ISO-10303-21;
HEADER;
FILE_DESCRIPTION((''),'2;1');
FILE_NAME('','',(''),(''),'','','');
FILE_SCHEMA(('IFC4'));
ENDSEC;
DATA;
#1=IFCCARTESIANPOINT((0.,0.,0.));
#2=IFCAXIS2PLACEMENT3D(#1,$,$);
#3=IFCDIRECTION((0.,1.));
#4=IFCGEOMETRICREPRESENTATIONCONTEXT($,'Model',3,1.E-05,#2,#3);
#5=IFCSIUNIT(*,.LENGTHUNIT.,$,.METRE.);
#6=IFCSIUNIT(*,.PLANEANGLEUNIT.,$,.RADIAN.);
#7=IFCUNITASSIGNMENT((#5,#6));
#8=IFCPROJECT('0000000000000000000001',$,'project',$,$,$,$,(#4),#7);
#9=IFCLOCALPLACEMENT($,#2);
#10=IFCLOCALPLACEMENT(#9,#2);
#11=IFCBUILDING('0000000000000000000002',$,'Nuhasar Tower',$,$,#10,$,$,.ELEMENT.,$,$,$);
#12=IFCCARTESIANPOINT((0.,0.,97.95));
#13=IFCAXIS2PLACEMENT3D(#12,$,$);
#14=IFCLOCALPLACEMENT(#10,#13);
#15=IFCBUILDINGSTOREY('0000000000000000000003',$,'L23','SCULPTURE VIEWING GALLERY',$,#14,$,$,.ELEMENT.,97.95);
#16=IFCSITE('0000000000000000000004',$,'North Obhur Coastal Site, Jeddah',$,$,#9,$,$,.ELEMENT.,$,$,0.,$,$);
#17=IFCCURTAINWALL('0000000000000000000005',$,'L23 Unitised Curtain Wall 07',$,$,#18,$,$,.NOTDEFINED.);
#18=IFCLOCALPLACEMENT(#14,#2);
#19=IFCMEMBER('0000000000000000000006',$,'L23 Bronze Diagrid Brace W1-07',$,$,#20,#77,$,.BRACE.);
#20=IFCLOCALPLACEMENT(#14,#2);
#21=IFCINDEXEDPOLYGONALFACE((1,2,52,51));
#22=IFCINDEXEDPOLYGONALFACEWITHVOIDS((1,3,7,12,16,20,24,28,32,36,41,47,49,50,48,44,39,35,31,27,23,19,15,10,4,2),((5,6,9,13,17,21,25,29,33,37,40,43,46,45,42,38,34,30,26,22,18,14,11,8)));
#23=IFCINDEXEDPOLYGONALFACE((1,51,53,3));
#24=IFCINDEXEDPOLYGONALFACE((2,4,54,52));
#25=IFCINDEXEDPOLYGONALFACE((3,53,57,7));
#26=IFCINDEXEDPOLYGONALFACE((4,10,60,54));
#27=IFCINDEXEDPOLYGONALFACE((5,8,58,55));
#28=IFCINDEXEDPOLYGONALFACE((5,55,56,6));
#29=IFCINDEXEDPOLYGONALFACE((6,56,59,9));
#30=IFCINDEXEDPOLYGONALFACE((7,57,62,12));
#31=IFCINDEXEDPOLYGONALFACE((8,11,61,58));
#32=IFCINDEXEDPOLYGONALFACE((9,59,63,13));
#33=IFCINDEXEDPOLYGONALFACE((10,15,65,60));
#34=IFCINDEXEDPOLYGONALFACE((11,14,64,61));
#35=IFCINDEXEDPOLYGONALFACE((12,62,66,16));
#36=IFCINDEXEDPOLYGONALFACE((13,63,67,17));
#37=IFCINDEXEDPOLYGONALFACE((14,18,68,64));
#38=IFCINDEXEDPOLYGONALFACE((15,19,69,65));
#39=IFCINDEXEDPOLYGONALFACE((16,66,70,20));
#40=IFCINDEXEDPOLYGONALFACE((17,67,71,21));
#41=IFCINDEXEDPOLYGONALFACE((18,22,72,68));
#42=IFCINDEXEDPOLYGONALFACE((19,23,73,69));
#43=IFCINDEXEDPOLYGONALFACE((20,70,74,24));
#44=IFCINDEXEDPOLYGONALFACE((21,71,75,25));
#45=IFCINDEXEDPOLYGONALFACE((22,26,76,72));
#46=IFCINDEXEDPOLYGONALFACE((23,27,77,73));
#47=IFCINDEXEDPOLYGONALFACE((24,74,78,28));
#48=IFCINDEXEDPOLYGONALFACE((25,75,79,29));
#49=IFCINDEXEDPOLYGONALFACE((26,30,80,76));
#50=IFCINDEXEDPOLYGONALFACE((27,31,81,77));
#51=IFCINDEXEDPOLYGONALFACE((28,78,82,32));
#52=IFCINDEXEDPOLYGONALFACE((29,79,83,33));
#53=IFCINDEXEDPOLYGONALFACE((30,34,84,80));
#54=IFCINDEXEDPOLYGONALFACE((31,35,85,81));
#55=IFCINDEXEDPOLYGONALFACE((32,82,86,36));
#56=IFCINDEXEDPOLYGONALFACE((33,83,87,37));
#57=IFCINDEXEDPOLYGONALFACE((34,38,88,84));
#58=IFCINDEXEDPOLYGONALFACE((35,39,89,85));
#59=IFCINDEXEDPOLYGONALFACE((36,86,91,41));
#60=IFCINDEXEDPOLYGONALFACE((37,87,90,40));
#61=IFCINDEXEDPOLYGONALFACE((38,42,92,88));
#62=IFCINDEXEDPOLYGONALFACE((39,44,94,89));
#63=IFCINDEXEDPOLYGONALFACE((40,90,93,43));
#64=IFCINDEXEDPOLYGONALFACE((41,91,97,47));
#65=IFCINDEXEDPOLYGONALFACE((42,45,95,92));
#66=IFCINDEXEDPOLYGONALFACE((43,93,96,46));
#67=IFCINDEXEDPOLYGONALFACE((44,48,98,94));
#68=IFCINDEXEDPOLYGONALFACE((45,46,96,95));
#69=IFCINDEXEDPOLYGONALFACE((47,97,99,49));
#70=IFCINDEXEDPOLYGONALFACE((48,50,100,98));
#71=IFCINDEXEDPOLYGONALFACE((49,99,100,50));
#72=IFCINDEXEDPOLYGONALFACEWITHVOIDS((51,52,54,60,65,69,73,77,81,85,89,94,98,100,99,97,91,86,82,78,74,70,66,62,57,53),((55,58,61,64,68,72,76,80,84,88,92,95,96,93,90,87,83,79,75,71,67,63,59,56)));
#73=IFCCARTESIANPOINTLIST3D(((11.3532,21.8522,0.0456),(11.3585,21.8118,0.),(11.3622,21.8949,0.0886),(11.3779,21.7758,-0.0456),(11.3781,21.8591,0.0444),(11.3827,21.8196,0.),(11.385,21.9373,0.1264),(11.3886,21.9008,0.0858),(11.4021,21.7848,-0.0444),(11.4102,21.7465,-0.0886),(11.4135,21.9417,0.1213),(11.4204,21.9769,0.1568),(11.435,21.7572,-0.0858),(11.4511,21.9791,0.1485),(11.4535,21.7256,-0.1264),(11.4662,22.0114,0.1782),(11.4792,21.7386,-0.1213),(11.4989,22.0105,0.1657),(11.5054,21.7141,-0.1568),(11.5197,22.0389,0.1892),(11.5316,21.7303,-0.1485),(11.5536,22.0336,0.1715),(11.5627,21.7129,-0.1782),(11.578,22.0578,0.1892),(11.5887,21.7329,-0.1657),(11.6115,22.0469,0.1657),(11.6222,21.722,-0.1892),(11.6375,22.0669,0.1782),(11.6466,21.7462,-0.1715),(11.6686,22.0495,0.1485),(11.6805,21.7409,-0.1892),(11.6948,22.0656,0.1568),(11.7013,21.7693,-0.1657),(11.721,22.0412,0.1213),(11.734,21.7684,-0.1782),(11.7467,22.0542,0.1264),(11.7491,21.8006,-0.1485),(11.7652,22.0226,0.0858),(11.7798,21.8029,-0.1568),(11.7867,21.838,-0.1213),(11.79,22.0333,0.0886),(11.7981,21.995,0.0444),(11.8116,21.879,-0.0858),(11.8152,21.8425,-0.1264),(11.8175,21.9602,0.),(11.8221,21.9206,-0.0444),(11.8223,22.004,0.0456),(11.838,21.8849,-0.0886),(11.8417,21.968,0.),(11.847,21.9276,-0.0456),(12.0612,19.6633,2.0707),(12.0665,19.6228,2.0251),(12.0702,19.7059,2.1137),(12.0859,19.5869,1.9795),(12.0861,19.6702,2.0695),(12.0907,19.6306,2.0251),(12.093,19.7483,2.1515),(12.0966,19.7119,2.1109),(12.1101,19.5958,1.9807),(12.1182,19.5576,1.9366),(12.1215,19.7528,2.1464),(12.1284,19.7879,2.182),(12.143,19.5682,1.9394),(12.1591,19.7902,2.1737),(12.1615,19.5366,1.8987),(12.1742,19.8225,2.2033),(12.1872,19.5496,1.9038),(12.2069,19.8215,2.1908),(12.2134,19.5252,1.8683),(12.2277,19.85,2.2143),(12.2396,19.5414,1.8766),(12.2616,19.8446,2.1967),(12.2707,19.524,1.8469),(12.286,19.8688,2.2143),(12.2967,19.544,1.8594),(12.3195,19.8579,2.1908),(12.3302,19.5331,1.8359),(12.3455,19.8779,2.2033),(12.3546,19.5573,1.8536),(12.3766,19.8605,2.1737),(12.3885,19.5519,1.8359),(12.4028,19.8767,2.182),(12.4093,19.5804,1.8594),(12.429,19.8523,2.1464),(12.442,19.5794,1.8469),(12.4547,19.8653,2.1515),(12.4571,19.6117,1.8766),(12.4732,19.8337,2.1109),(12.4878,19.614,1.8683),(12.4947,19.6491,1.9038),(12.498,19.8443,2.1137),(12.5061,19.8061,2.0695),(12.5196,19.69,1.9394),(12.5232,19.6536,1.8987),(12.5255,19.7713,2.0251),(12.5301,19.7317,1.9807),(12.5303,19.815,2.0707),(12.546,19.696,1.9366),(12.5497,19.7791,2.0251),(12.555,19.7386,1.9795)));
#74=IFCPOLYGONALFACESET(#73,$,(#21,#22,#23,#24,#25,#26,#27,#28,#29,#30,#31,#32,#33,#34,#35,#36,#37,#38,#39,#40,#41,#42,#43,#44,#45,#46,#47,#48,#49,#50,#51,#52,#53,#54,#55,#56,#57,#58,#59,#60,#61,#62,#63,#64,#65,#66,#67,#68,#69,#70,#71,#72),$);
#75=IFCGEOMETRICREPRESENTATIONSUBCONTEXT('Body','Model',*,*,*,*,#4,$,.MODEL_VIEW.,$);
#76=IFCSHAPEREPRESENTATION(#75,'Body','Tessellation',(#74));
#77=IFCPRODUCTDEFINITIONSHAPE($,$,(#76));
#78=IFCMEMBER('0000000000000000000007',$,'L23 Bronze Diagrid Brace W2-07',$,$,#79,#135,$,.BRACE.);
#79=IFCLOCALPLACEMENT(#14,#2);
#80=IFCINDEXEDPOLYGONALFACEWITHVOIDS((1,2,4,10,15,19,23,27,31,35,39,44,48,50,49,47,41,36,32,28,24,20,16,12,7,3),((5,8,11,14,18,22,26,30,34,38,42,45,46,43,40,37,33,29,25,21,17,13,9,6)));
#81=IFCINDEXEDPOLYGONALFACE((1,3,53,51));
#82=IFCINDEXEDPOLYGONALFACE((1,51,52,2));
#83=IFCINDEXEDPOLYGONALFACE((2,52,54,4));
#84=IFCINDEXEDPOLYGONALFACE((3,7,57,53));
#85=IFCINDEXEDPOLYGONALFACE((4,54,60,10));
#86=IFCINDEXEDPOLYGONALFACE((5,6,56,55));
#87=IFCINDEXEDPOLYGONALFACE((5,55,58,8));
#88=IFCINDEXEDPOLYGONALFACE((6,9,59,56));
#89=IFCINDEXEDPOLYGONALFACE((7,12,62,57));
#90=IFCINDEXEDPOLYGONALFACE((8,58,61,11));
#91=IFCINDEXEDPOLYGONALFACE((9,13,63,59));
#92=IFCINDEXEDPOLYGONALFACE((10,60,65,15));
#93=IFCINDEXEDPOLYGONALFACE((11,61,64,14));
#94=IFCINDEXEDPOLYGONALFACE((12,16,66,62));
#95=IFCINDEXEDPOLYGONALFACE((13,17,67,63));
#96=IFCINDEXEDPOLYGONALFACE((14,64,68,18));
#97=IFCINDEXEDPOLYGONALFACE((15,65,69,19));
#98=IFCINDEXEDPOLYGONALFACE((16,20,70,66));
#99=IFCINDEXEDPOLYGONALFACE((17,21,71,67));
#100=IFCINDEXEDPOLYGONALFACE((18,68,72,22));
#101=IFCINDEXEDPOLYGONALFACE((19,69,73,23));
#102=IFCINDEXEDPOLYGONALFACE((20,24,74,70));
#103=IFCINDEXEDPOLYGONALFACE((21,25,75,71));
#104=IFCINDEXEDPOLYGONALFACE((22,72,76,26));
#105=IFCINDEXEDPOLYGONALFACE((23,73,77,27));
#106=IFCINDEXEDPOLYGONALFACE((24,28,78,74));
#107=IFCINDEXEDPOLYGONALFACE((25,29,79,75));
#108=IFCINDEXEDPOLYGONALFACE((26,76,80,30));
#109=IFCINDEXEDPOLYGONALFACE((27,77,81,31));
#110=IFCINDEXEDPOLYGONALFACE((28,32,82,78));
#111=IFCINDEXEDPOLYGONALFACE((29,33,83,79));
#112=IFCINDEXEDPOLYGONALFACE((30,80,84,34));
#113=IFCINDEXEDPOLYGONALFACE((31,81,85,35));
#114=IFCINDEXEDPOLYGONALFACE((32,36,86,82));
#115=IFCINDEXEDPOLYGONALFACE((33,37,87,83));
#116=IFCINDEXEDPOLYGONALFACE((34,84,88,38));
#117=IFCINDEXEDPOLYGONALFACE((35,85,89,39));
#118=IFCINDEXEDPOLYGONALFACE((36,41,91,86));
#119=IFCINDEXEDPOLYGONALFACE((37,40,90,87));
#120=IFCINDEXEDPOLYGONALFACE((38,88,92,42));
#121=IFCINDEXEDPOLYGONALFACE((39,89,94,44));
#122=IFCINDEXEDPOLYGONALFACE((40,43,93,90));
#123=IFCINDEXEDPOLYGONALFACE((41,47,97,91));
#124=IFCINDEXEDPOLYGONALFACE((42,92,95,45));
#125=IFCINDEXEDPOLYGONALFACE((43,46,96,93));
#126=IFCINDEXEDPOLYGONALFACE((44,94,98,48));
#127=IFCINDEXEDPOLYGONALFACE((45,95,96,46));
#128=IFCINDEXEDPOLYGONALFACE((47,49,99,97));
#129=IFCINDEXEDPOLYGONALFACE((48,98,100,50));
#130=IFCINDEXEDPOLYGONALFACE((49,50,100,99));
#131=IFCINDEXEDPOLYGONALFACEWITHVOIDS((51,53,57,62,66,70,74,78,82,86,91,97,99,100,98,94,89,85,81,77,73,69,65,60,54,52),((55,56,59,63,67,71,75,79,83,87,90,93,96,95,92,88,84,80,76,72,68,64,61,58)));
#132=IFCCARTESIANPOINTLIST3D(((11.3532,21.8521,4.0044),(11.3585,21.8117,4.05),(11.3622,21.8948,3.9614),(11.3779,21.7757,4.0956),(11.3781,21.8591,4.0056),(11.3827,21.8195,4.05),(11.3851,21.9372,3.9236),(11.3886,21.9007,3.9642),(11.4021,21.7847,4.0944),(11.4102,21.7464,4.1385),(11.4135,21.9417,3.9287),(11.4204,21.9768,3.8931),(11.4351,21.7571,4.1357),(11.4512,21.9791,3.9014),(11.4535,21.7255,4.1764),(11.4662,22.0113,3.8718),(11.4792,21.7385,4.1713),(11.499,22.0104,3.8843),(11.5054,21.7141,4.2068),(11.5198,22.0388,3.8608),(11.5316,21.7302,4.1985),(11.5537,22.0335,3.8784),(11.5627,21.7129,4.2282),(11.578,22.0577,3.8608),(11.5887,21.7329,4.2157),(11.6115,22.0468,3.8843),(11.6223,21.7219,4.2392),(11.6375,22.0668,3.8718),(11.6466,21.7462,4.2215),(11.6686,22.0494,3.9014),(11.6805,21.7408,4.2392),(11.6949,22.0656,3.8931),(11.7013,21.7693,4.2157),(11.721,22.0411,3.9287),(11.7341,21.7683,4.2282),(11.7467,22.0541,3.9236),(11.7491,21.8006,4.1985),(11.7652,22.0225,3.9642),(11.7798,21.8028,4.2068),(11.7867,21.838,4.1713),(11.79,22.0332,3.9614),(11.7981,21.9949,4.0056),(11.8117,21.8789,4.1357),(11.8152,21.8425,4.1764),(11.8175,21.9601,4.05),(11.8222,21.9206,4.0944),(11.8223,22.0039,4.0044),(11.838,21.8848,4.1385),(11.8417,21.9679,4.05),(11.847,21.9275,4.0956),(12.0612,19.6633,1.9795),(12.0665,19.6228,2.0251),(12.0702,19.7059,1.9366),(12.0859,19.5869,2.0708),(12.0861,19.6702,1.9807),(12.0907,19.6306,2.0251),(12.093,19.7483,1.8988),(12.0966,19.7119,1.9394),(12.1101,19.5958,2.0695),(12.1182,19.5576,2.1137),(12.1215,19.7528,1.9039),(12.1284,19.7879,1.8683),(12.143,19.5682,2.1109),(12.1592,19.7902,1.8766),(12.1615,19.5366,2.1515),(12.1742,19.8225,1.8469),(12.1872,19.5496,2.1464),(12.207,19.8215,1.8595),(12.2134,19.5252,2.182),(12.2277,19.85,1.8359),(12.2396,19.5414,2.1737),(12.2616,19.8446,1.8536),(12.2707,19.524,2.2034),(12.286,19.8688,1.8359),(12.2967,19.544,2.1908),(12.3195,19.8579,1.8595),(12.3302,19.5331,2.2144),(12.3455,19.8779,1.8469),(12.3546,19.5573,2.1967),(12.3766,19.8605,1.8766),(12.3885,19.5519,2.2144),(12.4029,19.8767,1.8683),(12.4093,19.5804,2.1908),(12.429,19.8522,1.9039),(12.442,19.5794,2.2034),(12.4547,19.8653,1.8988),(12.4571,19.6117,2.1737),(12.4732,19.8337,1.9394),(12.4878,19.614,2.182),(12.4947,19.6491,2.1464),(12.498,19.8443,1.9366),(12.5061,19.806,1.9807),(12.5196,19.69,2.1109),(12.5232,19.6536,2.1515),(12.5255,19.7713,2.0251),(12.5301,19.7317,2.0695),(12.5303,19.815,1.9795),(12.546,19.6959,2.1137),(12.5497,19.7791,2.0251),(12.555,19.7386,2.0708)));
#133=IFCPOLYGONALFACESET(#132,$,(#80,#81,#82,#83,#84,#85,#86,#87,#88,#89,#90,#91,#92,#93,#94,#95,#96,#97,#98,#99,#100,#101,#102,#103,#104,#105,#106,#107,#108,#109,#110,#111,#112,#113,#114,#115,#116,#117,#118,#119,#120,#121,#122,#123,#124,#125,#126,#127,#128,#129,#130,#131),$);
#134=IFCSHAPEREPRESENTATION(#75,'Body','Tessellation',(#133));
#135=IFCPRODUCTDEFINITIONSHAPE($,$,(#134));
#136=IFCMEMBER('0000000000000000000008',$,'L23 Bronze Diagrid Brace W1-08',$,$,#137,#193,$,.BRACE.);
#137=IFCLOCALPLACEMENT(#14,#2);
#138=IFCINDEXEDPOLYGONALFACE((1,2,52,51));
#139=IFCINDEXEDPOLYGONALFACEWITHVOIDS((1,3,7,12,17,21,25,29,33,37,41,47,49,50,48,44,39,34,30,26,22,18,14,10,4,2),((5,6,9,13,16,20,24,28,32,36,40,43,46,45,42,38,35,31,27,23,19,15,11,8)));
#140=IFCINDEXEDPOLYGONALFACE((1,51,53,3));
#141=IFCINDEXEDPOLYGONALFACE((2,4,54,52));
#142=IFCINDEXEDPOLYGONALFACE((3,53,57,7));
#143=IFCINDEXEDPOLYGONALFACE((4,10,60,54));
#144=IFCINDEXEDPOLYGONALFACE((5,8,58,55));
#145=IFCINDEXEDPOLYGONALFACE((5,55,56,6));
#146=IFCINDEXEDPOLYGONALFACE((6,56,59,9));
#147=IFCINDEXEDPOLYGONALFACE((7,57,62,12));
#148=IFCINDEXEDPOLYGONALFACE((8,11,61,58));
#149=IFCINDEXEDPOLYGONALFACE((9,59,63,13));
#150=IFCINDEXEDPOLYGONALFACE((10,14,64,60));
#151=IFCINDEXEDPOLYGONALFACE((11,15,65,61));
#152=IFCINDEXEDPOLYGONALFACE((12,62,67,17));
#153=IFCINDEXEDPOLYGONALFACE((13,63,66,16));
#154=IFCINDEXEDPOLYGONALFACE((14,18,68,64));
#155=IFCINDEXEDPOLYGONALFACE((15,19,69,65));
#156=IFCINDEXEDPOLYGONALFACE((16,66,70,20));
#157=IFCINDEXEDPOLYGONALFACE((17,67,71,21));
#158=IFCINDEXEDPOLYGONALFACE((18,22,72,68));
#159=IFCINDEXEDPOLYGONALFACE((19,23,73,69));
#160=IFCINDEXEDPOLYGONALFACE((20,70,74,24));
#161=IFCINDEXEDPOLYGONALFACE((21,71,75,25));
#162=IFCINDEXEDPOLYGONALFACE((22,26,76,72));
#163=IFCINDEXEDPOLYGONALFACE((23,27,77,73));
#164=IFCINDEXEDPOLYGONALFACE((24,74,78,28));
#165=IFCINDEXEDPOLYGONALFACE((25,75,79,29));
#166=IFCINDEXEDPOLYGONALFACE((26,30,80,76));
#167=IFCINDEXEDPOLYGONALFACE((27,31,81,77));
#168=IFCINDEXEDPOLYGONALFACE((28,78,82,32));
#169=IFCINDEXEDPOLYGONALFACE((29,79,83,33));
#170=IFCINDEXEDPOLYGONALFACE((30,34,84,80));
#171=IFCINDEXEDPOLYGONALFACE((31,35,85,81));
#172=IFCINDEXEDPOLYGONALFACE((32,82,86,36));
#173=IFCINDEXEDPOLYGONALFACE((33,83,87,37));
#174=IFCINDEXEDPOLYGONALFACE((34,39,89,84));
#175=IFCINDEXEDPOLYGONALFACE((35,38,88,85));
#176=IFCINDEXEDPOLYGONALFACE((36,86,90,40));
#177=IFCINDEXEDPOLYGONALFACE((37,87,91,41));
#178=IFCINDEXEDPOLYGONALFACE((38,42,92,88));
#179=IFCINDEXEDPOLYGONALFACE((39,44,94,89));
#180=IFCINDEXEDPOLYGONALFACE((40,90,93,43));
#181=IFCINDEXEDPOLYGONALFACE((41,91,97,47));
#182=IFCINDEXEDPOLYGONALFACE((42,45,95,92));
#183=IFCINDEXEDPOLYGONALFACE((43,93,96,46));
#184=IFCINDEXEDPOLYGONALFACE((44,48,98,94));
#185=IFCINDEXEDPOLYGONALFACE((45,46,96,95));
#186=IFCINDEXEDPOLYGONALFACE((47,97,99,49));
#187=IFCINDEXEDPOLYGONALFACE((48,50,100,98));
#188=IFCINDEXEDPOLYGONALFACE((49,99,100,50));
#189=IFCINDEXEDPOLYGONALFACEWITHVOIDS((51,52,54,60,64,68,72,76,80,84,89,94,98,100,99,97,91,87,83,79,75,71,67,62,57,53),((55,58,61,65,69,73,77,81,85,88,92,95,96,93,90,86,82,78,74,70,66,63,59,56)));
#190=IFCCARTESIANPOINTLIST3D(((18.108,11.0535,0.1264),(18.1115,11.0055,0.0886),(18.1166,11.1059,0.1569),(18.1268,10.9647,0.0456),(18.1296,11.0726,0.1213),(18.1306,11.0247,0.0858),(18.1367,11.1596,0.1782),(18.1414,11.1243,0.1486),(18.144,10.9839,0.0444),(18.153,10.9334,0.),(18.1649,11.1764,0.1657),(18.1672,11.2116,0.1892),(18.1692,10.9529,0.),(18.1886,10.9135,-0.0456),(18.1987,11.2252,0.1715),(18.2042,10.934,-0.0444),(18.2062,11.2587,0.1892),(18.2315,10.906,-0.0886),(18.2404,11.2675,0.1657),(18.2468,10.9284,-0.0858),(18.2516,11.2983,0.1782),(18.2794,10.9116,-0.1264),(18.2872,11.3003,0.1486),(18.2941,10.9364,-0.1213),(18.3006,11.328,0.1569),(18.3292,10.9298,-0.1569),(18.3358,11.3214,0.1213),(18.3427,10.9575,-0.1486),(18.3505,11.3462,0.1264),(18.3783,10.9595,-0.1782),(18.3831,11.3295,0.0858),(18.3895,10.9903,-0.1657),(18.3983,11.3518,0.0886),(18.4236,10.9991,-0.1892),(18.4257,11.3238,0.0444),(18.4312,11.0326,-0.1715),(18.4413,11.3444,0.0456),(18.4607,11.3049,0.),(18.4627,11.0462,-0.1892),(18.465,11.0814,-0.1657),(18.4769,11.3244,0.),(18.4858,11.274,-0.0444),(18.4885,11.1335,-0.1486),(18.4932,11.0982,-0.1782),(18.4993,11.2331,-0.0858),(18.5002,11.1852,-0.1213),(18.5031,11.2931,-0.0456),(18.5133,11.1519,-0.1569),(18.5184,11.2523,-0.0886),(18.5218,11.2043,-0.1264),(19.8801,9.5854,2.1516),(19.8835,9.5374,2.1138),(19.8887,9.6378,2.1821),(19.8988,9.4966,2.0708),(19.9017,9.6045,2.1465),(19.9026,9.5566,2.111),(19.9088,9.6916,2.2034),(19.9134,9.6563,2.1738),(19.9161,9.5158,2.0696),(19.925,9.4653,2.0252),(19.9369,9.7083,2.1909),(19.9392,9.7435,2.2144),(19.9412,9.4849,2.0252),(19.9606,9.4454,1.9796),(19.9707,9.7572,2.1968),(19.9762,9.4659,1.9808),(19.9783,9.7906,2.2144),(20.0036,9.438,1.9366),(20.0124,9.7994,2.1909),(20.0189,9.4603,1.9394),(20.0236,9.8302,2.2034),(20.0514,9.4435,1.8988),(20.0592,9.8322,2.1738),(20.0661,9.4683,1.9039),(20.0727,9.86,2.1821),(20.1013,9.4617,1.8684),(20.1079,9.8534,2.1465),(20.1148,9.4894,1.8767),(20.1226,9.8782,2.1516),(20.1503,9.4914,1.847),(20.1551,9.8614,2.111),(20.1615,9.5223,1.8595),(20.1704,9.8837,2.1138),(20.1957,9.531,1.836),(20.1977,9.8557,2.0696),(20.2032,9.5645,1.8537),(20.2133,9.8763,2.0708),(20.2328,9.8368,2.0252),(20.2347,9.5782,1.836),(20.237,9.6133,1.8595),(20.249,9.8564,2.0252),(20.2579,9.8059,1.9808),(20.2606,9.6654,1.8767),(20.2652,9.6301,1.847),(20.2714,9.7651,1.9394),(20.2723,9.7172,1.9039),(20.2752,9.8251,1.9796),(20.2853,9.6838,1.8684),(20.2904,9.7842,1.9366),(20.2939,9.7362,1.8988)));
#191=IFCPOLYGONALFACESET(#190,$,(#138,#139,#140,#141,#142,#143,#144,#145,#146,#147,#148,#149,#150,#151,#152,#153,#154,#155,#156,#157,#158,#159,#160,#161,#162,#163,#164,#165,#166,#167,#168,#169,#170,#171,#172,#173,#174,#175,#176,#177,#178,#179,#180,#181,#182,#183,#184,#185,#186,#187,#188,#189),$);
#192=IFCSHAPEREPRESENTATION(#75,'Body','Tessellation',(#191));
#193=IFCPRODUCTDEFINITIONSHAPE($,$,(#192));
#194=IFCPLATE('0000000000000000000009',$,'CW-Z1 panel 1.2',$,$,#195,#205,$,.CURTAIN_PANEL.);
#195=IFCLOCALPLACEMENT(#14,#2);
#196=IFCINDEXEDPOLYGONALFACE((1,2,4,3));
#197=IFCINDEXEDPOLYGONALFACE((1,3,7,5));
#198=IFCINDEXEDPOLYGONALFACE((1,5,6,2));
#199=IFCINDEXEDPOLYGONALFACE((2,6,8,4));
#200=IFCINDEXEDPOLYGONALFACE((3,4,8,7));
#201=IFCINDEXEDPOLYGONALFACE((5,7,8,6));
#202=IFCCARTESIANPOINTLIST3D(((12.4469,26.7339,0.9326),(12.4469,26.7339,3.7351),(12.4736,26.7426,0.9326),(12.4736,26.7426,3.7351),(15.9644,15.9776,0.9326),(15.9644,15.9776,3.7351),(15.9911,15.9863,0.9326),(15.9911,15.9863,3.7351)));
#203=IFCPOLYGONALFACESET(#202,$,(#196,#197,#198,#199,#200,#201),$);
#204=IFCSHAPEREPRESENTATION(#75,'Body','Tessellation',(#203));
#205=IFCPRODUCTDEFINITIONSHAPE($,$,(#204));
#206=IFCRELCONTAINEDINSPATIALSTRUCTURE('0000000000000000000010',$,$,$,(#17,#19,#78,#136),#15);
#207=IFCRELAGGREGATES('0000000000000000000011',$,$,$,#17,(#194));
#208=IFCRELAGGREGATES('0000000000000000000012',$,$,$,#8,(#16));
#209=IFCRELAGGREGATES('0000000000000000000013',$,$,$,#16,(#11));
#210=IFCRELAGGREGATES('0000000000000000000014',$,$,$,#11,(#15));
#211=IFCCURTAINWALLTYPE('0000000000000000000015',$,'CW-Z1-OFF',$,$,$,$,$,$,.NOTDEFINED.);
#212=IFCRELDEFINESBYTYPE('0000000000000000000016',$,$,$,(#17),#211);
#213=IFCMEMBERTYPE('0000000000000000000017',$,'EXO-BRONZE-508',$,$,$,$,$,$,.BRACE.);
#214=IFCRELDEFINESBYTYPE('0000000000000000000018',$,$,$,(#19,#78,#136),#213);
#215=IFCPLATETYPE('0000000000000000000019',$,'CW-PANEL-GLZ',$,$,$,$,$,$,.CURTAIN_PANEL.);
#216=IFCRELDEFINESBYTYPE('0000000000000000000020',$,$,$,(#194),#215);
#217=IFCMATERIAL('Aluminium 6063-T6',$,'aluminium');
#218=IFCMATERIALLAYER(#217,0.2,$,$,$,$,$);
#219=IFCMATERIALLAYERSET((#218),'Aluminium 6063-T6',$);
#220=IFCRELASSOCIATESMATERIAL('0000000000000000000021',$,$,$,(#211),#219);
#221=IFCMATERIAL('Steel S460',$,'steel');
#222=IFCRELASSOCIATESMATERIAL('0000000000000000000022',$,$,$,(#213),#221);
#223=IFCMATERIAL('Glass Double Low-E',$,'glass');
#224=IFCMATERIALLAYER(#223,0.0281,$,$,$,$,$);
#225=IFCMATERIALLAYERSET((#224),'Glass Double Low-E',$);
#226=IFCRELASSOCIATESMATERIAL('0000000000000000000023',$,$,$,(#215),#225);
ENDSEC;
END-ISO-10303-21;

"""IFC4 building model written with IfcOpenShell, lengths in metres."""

from ifc_helpers import new_model, si_unit, direction, frame, origin, origin_2d, place, context, subcontext, project, spatial, rectangle, hollow_circle, extrude, material, layer, layer_set, material_profile, profile_set, type_object, element, aggregate, save


model = new_model("IFC4")

# Units and contexts
model_context = context("Model", 3, precision=1e-05, world=origin(), true_north=direction((0.0, 1.0)))
body_context = subcontext(model_context, "Body", "Model", "MODEL_VIEW")
ifc_project = project(units=[si_unit("LENGTHUNIT", "METRE"), si_unit("PLANEANGLEUNIT", "RADIAN")], contexts=[model_context])

# Site, building, storey
site_placement = place(None, origin())
site = spatial("IfcSite", under=ifc_project, at=site_placement, Name="North Obhur Coastal Site, Jeddah", CompositionType="ELEMENT", RefElevation=0.0)
building_placement = place(site_placement, origin())
building = spatial("IfcBuilding", under=site, at=building_placement, Name="Nuhasar Tower", CompositionType="ELEMENT")
storey_placement = place(building_placement, frame((0.0, 0.0, 97.95)))
storey = spatial("IfcBuildingStorey", under=building, at=storey_placement, Name="L23", Description="SCULPTURE VIEWING GALLERY", CompositionType="ELEMENT", Elevation=97.95)

# Curtain wall
ifc_material_1 = material(Name="Aluminium 6063-T6", Category="aluminium")
ifc_layer_1 = layer(ifc_material_1, 0.2)
ifc_layer_set_1 = layer_set([ifc_layer_1], Name="Aluminium 6063-T6")
curtain_wall_type = type_object("IfcCurtainWallType", Name="CW-Z1-OFF", PredefinedType="NOTDEFINED", material=ifc_layer_set_1)
curtain_wall_1_placement = place(storey_placement, origin())
curtain_wall_1 = element("IfcCurtainWall", 1, at=curtain_wall_1_placement, inside=storey, type_object=curtain_wall_type, Name="L23 Unitised Curtain Wall 07", PredefinedType="NOTDEFINED")

# Members
ifc_material_2 = material(Name="Steel S460", Category="steel")
ifc_material_profile_1 = material_profile(ifc_material_2, hollow_circle(Radius=0.2539, WallThickness=0.0254, at=origin_2d()), Name="HSS508X25.4")
ifc_profile_set_1 = profile_set([ifc_material_profile_1], Name="Steel S460")
member_type_1 = type_object("IfcMemberType", Name="EXO-BRONZE-508", PredefinedType="BRACE", material=ifc_profile_set_1)
member_1_placement = place(storey_placement, frame((11.6001, 21.8899, 0.0), z_axis=(0.231, -0.714187, 0.660739), x_axis=(0.951468, 0.307747, 0.0)))
element("IfcMember", 2, at=member_1_placement, inside=storey, type_object=member_type_1, Name="L23 Bronze Diagrid Brace W1-07", PredefinedType="BRACE", context=body_context, shape_type="SweptSolid", body=[
    extrude(hollow_circle(Radius=0.2539, WallThickness=0.0254, at=origin_2d()), origin(), (0.0, 0.0, 1.0), 3.0649),
])
member_2_placement = place(storey_placement, frame((12.3081, 19.7009, 2.0251), z_axis=(-0.231012, 0.714225, 0.660694), x_axis=(-0.951468, -0.307747, 0.0)))
element("IfcMember", 3, at=member_2_placement, inside=storey, type_object=member_type_1, Name="L23 Bronze Diagrid Brace W2-07", PredefinedType="BRACE", context=body_context, shape_type="SweptSolid", body=[
    extrude(hollow_circle(Radius=0.2539, WallThickness=0.0254, at=origin_2d()), origin(), (0.0, 0.0, 1.0), 3.0647),
])
member_3_placement = place(storey_placement, frame((18.3149, 11.1289, 0.0), z_axis=(0.578071, -0.478912, 0.660664), x_axis=(0.637969, 0.770062, 0.0)))
element("IfcMember", 4, at=member_3_placement, inside=storey, type_object=member_type_1, Name="L23 Bronze Diagrid Brace W1-08", PredefinedType="BRACE", context=body_context, shape_type="SweptSolid", body=[
    extrude(hollow_circle(Radius=0.2539, WallThickness=0.0254, at=origin_2d()), origin(), (0.0, 0.0, 1.0), 3.0654),
])

# Plate
ifc_material_3 = material(Name="Glass Double Low-E", Category="glass")
ifc_layer_2 = layer(ifc_material_3, 0.0281)
ifc_layer_set_2 = layer_set([ifc_layer_2], Name="Glass Double Low-E")
plate_type_1 = type_object("IfcPlateType", Name="CW-PANEL-GLZ", PredefinedType="CURTAIN_PANEL", material=ifc_layer_set_2)
plate_1_placement = place(storey_placement, frame((14.219, 21.3601, 0.9326), z_axis=(0.0, 0.0, 1.0), x_axis=(0.310824, -0.950468, 0.0)))
plate_1 = element("IfcPlate", 5, at=plate_1_placement, type_object=plate_type_1, Name="CW-Z1 panel 1.2", PredefinedType="CURTAIN_PANEL", context=body_context, shape_type="SweptSolid", body=[
    extrude(rectangle(XDim=11.3169, YDim=0.0281, at=origin_2d()), origin(), (0.0, 0.0, 1.0), 2.8025),
])
aggregate(curtain_wall_1, [plate_1])

save(model, "model.ifc")
